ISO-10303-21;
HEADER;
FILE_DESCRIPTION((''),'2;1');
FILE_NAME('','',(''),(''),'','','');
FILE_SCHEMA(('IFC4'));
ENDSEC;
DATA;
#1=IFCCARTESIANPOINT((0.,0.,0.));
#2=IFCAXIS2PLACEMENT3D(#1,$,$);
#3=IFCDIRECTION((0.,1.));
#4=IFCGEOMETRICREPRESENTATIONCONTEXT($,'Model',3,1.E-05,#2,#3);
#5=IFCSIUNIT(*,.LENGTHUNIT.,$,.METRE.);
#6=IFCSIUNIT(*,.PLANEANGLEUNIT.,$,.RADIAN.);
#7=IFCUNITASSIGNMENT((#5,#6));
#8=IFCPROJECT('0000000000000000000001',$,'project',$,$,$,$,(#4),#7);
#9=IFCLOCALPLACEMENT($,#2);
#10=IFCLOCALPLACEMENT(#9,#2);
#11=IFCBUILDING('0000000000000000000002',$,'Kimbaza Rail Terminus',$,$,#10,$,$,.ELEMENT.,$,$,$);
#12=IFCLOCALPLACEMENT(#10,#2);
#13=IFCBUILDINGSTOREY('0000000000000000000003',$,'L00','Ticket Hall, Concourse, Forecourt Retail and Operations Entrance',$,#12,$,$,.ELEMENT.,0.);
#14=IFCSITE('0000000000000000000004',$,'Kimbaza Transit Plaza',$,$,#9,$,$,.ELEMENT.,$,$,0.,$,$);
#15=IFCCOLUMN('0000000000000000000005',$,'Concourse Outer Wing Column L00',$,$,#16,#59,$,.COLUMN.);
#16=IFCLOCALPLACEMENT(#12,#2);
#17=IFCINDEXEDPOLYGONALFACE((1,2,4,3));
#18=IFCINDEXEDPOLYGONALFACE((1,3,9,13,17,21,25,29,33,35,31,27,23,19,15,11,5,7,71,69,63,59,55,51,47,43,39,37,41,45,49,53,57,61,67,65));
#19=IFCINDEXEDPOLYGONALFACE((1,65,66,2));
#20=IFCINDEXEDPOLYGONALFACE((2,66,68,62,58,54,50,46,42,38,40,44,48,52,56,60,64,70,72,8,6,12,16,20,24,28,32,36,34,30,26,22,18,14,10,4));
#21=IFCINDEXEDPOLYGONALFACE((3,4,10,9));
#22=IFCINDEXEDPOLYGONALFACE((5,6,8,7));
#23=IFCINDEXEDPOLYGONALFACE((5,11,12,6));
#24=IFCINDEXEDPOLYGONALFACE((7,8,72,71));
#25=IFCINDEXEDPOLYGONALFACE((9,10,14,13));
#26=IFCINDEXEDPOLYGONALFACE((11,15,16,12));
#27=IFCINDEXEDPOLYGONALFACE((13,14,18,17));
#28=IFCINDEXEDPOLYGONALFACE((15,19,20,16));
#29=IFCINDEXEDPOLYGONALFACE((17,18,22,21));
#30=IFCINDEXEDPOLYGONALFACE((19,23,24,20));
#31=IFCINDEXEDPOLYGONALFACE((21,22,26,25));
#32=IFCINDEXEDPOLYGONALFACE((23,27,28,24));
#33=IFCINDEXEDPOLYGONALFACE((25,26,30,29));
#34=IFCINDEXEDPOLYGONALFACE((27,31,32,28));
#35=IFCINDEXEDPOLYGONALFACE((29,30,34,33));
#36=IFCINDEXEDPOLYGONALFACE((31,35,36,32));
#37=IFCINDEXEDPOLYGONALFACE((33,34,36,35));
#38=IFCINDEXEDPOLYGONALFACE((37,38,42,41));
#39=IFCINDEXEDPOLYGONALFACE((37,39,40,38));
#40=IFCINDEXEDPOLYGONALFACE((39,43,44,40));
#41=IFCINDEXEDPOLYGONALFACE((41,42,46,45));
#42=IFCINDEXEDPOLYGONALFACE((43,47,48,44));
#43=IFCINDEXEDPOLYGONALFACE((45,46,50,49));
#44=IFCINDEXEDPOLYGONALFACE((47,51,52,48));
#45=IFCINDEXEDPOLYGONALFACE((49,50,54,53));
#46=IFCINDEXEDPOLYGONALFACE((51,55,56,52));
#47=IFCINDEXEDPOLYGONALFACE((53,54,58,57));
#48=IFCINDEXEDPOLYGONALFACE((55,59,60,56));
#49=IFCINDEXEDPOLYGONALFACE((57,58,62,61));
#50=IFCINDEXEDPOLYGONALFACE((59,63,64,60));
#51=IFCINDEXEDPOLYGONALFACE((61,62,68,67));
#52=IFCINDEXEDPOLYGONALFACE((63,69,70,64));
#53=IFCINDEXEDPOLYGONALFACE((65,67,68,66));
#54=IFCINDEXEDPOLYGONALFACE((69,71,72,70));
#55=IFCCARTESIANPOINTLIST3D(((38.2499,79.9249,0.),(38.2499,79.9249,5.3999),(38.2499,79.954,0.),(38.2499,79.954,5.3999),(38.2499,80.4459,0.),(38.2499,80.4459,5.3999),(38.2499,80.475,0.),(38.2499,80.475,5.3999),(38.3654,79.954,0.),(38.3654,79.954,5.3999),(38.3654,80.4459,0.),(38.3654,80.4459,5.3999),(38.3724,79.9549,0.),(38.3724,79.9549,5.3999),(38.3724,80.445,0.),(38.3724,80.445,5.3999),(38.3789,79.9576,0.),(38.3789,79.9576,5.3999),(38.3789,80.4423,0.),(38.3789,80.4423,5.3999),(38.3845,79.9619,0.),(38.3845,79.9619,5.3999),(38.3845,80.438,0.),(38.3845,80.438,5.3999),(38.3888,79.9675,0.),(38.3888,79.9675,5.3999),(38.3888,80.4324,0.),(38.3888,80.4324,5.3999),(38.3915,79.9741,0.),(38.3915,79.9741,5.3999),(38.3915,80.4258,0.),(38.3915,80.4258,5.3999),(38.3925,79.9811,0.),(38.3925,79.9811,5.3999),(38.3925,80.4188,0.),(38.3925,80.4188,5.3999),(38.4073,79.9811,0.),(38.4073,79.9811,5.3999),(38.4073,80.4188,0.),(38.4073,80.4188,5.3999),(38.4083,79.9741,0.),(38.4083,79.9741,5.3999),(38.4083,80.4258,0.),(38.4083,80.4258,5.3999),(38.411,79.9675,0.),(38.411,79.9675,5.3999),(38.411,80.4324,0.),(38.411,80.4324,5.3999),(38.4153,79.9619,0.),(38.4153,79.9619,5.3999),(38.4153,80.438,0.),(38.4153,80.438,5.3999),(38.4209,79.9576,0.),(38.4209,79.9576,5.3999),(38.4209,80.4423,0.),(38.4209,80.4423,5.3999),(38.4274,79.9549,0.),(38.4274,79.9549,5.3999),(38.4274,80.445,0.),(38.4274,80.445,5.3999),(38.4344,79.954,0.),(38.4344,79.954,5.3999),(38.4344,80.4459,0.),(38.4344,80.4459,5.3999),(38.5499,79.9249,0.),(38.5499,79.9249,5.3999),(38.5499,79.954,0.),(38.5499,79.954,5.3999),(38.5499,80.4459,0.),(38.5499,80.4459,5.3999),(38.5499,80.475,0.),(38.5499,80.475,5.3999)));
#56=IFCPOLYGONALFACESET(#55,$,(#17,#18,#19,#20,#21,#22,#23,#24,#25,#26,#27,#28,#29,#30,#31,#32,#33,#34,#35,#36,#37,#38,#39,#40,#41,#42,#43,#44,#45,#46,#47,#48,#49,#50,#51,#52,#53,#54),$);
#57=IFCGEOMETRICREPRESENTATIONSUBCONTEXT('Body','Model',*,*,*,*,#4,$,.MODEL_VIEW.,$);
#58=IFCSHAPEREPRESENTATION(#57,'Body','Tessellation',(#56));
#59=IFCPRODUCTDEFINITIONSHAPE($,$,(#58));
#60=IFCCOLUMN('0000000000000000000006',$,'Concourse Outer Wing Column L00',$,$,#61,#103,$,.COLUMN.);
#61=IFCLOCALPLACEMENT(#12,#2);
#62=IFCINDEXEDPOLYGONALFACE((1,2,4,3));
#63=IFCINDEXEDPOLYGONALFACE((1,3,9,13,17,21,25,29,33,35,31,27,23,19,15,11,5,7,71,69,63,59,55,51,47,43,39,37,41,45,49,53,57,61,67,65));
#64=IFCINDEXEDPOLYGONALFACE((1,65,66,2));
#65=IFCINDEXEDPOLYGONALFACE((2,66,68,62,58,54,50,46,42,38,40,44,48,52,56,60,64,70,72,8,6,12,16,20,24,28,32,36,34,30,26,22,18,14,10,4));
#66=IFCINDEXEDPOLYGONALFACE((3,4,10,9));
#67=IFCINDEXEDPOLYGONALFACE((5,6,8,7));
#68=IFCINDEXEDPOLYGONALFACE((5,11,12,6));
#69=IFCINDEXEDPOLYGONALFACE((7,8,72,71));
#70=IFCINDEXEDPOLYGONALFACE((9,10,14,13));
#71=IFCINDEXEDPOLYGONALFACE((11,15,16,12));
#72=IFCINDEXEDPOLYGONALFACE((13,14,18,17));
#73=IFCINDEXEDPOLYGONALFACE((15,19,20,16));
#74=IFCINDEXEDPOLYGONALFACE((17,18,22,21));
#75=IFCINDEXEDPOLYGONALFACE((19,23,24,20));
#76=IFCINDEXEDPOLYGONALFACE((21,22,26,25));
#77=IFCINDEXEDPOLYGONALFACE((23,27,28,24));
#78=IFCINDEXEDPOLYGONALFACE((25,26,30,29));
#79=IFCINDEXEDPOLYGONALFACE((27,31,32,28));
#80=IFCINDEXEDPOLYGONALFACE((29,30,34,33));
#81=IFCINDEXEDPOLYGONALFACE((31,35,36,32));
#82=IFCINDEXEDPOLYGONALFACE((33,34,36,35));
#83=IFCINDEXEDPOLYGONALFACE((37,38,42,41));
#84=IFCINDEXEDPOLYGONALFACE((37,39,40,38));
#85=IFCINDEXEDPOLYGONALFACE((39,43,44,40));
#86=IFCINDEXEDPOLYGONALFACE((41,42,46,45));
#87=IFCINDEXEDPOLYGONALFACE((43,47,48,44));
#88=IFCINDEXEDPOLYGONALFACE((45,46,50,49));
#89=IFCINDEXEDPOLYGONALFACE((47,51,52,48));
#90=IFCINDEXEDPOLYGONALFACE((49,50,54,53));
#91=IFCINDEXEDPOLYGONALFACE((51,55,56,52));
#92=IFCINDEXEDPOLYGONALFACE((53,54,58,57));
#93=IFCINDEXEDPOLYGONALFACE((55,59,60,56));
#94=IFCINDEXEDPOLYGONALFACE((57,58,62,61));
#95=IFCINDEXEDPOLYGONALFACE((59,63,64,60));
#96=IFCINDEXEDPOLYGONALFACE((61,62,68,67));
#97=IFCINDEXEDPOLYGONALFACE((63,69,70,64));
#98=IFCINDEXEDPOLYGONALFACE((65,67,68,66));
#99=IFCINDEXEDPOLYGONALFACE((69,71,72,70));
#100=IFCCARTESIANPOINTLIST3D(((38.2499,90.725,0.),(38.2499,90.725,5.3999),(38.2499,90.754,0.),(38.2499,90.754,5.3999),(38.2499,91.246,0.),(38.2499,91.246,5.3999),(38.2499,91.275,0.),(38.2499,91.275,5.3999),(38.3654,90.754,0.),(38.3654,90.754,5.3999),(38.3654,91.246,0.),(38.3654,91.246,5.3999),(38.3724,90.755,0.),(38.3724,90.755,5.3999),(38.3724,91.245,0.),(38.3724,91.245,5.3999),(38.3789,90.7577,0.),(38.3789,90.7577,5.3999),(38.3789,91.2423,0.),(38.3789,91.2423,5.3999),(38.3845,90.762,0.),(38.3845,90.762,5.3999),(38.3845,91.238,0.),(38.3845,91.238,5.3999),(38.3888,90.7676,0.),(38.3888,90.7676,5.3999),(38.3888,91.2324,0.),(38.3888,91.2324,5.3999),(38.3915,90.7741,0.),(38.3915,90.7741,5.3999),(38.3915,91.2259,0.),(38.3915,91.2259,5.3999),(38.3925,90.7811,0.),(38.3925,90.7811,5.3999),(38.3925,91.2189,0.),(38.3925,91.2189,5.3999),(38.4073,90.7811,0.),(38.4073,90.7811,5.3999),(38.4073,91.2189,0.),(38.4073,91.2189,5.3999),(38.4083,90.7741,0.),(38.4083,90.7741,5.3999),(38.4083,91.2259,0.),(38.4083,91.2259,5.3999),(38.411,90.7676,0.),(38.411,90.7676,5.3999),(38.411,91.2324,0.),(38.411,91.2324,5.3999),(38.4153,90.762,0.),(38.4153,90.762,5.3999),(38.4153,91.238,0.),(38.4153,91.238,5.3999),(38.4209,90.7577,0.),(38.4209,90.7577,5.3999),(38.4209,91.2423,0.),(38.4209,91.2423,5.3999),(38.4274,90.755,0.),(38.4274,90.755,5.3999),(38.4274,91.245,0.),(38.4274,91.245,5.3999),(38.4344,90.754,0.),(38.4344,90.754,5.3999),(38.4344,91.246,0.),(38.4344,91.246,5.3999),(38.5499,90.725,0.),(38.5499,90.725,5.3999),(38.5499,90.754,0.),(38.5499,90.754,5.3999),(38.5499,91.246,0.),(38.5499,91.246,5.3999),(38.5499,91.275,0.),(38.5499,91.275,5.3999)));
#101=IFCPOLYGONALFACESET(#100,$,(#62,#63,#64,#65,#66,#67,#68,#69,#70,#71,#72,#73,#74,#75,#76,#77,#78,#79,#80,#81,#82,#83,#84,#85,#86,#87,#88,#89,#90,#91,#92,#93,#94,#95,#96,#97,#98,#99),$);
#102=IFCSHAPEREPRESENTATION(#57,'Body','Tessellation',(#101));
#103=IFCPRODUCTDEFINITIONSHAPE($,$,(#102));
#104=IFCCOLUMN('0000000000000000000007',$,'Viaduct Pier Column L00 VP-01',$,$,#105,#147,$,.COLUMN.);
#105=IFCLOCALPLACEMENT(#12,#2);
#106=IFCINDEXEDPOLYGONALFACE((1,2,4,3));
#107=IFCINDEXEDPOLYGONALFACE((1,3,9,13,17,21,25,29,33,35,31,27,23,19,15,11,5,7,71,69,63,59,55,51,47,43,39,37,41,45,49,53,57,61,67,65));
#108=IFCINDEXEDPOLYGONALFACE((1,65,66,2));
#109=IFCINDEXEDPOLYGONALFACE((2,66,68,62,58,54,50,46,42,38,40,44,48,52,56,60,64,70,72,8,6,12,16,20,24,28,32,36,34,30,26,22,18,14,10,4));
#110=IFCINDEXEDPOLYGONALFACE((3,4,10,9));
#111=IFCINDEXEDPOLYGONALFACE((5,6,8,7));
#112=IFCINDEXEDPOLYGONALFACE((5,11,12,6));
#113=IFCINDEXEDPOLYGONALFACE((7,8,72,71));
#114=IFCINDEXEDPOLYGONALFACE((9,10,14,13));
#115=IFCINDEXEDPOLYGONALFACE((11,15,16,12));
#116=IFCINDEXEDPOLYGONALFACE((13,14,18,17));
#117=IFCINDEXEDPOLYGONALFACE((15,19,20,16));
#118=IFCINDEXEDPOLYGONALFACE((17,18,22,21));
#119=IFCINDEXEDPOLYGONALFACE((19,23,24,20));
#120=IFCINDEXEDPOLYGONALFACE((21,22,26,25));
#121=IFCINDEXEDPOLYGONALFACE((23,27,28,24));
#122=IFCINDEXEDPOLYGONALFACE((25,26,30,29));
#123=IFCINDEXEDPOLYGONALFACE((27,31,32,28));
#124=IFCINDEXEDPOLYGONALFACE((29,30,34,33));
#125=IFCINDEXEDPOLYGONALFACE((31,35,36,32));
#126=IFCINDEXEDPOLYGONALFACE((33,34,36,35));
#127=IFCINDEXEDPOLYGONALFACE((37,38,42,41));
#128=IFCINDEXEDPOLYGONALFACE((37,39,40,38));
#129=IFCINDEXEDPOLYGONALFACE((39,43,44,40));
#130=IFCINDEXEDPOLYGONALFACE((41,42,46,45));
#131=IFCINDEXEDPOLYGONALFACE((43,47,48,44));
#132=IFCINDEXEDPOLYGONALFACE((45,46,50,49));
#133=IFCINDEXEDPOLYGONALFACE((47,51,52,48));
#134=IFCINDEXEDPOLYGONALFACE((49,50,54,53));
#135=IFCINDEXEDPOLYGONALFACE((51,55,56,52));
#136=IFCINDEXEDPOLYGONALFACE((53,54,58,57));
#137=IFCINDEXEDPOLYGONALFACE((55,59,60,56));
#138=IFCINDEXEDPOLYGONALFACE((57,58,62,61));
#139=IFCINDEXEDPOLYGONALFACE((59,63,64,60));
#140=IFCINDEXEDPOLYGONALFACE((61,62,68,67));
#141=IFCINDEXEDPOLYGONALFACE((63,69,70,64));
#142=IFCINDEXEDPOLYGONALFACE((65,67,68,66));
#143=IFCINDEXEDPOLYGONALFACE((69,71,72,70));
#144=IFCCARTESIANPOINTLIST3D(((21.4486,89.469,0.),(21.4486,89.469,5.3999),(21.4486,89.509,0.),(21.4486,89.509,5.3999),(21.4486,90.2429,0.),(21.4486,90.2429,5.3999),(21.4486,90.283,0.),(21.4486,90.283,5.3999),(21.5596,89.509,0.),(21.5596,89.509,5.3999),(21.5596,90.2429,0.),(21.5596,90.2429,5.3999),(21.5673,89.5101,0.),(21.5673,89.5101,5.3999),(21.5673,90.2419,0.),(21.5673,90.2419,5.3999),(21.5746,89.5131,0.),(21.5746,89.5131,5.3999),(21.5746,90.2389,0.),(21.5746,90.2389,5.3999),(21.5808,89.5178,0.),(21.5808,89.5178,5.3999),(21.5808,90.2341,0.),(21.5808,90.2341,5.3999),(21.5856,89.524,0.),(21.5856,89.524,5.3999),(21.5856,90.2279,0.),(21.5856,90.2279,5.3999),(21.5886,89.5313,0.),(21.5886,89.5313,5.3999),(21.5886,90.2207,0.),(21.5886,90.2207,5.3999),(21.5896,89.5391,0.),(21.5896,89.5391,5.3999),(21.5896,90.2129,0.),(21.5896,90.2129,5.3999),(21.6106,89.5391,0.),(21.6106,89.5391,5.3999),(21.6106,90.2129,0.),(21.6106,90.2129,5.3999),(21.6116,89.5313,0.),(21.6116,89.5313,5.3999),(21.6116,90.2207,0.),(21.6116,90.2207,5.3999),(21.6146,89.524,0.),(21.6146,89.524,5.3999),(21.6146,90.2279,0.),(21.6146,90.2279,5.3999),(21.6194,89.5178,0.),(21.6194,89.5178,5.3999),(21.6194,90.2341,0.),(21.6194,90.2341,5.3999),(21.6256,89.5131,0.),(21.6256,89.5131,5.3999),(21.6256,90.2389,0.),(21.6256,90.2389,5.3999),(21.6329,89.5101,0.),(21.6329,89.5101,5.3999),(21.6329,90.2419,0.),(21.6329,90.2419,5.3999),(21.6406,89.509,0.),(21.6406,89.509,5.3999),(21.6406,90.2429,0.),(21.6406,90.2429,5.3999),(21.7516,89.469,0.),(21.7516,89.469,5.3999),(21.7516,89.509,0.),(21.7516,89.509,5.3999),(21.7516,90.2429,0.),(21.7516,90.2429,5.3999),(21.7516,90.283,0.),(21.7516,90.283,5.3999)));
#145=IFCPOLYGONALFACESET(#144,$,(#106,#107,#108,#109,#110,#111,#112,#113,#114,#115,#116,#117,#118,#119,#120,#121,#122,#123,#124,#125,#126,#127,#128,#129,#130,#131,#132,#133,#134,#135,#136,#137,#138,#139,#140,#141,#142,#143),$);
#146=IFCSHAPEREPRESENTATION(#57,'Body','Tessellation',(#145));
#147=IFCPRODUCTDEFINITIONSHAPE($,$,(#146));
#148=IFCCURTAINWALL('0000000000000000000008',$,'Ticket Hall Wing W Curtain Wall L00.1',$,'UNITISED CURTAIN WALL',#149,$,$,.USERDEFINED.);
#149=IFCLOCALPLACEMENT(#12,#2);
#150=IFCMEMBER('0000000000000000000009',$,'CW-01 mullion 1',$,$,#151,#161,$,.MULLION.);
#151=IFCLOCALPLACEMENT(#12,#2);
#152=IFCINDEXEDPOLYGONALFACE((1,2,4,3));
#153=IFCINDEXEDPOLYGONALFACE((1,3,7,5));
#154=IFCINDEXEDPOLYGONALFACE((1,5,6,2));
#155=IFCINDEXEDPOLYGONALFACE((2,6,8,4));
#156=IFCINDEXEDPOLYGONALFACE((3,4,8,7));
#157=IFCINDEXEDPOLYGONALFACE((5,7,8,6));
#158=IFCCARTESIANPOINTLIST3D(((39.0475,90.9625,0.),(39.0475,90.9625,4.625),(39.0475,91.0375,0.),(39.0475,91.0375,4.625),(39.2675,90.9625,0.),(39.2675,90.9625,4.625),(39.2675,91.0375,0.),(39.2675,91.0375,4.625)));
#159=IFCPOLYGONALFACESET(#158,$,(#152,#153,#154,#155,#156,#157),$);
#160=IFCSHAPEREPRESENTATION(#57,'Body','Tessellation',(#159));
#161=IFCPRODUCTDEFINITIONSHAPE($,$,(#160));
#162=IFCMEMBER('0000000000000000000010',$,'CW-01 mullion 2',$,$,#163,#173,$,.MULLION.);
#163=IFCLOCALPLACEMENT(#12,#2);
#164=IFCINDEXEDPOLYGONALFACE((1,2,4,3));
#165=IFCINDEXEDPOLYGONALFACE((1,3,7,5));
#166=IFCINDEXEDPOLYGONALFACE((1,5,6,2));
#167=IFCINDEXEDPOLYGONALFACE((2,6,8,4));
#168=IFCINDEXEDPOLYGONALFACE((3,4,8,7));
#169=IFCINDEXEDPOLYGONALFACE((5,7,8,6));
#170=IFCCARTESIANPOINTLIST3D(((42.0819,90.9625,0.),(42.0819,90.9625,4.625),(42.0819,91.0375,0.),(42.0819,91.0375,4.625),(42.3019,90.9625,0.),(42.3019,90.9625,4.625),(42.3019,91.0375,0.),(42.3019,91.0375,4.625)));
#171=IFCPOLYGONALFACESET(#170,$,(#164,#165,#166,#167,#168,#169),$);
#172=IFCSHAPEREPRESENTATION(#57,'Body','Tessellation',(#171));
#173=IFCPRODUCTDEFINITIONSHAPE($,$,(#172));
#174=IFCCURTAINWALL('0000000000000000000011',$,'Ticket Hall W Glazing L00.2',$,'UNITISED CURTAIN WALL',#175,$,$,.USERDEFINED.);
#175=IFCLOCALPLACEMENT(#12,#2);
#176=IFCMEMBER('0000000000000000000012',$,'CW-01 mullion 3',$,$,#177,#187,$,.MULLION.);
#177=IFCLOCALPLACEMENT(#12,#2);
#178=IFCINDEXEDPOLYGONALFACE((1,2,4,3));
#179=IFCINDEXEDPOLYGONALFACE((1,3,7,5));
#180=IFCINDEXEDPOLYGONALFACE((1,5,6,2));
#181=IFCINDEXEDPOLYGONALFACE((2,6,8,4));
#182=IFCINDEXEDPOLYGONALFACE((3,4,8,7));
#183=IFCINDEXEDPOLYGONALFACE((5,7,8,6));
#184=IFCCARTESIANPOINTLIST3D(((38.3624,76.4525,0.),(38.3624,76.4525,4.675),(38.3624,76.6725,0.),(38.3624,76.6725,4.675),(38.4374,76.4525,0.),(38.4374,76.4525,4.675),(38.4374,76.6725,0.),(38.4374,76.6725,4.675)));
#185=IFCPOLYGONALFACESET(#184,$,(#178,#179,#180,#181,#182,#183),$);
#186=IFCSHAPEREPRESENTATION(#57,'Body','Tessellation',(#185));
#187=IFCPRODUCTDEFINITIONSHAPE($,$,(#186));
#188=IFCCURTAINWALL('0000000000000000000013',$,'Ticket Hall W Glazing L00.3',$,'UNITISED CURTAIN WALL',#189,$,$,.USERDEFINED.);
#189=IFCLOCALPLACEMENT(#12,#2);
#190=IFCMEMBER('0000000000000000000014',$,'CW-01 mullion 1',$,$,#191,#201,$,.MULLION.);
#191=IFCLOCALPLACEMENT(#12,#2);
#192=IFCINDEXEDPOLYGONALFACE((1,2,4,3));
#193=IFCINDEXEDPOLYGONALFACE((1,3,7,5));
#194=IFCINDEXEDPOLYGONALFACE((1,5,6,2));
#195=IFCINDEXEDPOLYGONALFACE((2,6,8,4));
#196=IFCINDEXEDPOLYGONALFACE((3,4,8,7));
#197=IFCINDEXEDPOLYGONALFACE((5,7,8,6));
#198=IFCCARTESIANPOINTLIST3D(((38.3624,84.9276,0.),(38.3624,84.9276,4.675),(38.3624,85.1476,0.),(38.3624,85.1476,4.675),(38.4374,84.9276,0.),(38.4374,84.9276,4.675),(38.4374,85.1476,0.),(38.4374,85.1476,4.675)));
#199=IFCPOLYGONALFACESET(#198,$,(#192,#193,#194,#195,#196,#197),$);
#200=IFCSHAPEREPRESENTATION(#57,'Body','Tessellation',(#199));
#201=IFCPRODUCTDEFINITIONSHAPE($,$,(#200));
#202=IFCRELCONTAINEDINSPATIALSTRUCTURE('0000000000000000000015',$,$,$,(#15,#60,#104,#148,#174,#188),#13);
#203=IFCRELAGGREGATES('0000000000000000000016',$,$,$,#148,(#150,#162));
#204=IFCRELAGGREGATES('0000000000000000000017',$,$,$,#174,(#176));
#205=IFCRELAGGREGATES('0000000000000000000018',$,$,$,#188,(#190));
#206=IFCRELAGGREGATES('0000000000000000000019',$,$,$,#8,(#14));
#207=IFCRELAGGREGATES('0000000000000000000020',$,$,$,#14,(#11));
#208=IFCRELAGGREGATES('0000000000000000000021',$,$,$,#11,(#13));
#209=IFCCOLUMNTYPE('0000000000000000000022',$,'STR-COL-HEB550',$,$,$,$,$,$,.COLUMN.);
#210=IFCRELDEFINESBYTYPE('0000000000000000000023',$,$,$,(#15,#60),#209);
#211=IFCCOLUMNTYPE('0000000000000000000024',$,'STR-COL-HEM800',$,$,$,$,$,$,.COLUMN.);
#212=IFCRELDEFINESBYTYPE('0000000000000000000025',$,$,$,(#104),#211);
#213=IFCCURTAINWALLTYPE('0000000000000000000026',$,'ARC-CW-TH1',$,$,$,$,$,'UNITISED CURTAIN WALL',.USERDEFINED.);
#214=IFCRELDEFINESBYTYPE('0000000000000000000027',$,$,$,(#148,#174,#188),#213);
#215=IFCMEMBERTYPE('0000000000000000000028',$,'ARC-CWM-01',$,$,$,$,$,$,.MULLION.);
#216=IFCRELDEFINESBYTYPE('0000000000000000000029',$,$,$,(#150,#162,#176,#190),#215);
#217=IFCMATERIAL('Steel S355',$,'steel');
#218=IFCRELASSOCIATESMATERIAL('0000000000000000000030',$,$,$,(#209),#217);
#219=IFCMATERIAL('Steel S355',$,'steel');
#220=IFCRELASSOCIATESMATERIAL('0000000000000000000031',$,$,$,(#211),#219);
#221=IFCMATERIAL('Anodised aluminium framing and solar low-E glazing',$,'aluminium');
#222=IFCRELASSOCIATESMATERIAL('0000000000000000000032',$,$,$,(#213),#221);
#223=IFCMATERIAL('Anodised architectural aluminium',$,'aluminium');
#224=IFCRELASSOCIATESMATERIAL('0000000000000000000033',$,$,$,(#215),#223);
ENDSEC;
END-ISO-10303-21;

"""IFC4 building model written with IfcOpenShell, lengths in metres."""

from ifc_helpers import new_model, si_unit, direction, frame, origin, origin_2d, place, context, subcontext, project, spatial, rectangle, i_section, extrude, material, material_profile, profile_set, type_object, element, aggregate, save


model = new_model("IFC4")

# Units and contexts
model_context = context("Model", 3, precision=1e-05, world=origin(), true_north=direction((0.0, 1.0)))
body_context = subcontext(model_context, "Body", "Model", "MODEL_VIEW")
ifc_project = project(units=[si_unit("LENGTHUNIT", "METRE"), si_unit("PLANEANGLEUNIT", "RADIAN")], contexts=[model_context])

# Site, building, storey
site_placement = place(None, origin())
site = spatial("IfcSite", under=ifc_project, at=site_placement, Name="Kimbaza Transit Plaza", CompositionType="ELEMENT", RefElevation=0.0)
building_placement = place(site_placement, origin())
building = spatial("IfcBuilding", under=site, at=building_placement, Name="Kimbaza Rail Terminus", CompositionType="ELEMENT")
storey_placement = place(building_placement, origin())
storey = spatial("IfcBuildingStorey", under=building, at=storey_placement, Name="L00", Description="Ticket Hall, Concourse, Forecourt Retail and Operations Entrance", CompositionType="ELEMENT", Elevation=0.0)

# Columns
ifc_material_1 = material(Name="Steel S355", Category="steel")
ifc_material_profile_1 = material_profile(ifc_material_1, i_section(OverallWidth=0.3, OverallDepth=0.55, WebThickness=0.0149, FlangeThickness=0.0291, FilletRadius=0.0271, at=origin_2d()), Name="HEB 550")
ifc_profile_set_1 = profile_set([ifc_material_profile_1], Name="Steel S355")
column_type_1 = type_object("IfcColumnType", Name="STR-COL-HEB550", PredefinedType="COLUMN", material=ifc_profile_set_1)
for number, where, z_axis, x_axis, name in (
    (1, (38.3999, 80.2, 0.0), (0.0, 0.0, 1.0), (1.0, 0.0, 0.0), "Concourse Outer Wing Column L00"),
    (2, (38.3999, 91.0, 0.0), (0.0, 0.0, 1.0), (1.0, 0.0, 0.0), "Concourse Outer Wing Column L00"),
):
    element("IfcColumn", number, at=place(storey_placement, frame(where, z_axis=z_axis, x_axis=x_axis)), inside=storey, type_object=column_type_1, Name=name, PredefinedType="COLUMN", context=body_context, shape_type="SweptSolid", body=[
        extrude(i_section(OverallWidth=0.3, OverallDepth=0.55, WebThickness=0.0149, FlangeThickness=0.0291, FilletRadius=0.0271, at=origin_2d()), origin(), (0.0, 0.0, 1.0), 5.3999),
    ])
ifc_material_2 = material(Name="Steel S355", Category="steel")
ifc_material_profile_2 = material_profile(ifc_material_2, i_section(OverallWidth=0.303, OverallDepth=0.814, WebThickness=0.021, FlangeThickness=0.04, FilletRadius=0.03, at=origin_2d()), Name="HEM 800")
ifc_profile_set_2 = profile_set([ifc_material_profile_2], Name="Steel S355")
column_type_2 = type_object("IfcColumnType", Name="STR-COL-HEM800", PredefinedType="COLUMN", material=ifc_profile_set_2)
column_placement = place(storey_placement, frame((21.6001, 89.876, 0.0), z_axis=(0.0, 0.0, 1.0), x_axis=(1.0, 0.0, 0.0)))
element("IfcColumn", 3, at=column_placement, inside=storey, type_object=column_type_2, Name="Viaduct Pier Column L00 VP-01", PredefinedType="COLUMN", context=body_context, shape_type="SweptSolid", body=[
    extrude(i_section(OverallWidth=0.303, OverallDepth=0.814, WebThickness=0.021, FlangeThickness=0.04, FilletRadius=0.03, at=origin_2d()), origin(), (0.0, 0.0, 1.0), 5.3999),
])

# Curtain wall, members
ifc_material_3 = material(Name="Anodised aluminium framing and solar low-E glazing", Category="aluminium")
curtain_wall_type = type_object("IfcCurtainWallType", Name="ARC-CW-TH1", ElementType="UNITISED CURTAIN WALL", PredefinedType="USERDEFINED", material=ifc_material_3)
curtain_wall_1_placement = place(storey_placement, origin())
curtain_wall_1 = element("IfcCurtainWall", 4, at=curtain_wall_1_placement, inside=storey, type_object=curtain_wall_type, Name="Ticket Hall Wing W Curtain Wall L00.1", ObjectType="UNITISED CURTAIN WALL", PredefinedType="USERDEFINED")
ifc_material_4 = material(Name="Anodised architectural aluminium", Category="aluminium")
ifc_material_profile_3 = material_profile(ifc_material_4, rectangle(XDim=0.075, YDim=0.22, at=origin_2d()), Name="MULLION 75x220")
ifc_profile_set_3 = profile_set([ifc_material_profile_3], Name="Anodised architectural aluminium")
member_type_1 = type_object("IfcMemberType", Name="ARC-CWM-01", PredefinedType="MULLION", material=ifc_profile_set_3)
member_1_placement = place(storey_placement, frame((39.1575, 91.0, 0.0), z_axis=(0.0, 0.0, 1.0), x_axis=(0.0, 1.0, 0.0)))
member_1 = element("IfcMember", 5, at=member_1_placement, type_object=member_type_1, Name="CW-01 mullion 1", PredefinedType="MULLION", context=body_context, shape_type="SweptSolid", body=[
    extrude(rectangle(XDim=0.075, YDim=0.22, at=origin_2d()), origin(), (0.0, 0.0, 1.0), 4.625),
])
member_2_placement = place(storey_placement, frame((42.1919, 91.0, 0.0), z_axis=(0.0, 0.0, 1.0), x_axis=(0.0, 1.0, 0.0)))
member_2 = element("IfcMember", 6, at=member_2_placement, type_object=member_type_1, Name="CW-01 mullion 2", PredefinedType="MULLION", context=body_context, shape_type="SweptSolid", body=[
    extrude(rectangle(XDim=0.075, YDim=0.22, at=origin_2d()), origin(), (0.0, 0.0, 1.0), 4.625),
])

# Curtain wall, member
curtain_wall_2_placement = place(storey_placement, origin())
curtain_wall_2 = element("IfcCurtainWall", 7, at=curtain_wall_2_placement, inside=storey, type_object=curtain_wall_type, Name="Ticket Hall W Glazing L00.2", ObjectType="UNITISED CURTAIN WALL", PredefinedType="USERDEFINED")
member_3_placement = place(storey_placement, frame((38.3999, 76.5625, 0.0), z_axis=(0.0, 0.0, 1.0), x_axis=(-1.0, 0.0, 0.0)))
member_3 = element("IfcMember", 8, at=member_3_placement, type_object=member_type_1, Name="CW-01 mullion 3", PredefinedType="MULLION", context=body_context, shape_type="SweptSolid", body=[
    extrude(rectangle(XDim=0.075, YDim=0.22, at=origin_2d()), origin(), (0.0, 0.0, 1.0), 4.675),
])

# Curtain wall, member
curtain_wall_3_placement = place(storey_placement, origin())
curtain_wall_3 = element("IfcCurtainWall", 9, at=curtain_wall_3_placement, inside=storey, type_object=curtain_wall_type, Name="Ticket Hall W Glazing L00.3", ObjectType="UNITISED CURTAIN WALL", PredefinedType="USERDEFINED")
member_4_placement = place(storey_placement, frame((38.3999, 85.0376, 0.0), z_axis=(0.0, 0.0, 1.0), x_axis=(-1.0, 0.0, 0.0)))
member_4 = element("IfcMember", 10, at=member_4_placement, type_object=member_type_1, Name="CW-01 mullion 1", PredefinedType="MULLION", context=body_context, shape_type="SweptSolid", body=[
    extrude(rectangle(XDim=0.075, YDim=0.22, at=origin_2d()), origin(), (0.0, 0.0, 1.0), 4.675),
])

aggregate(curtain_wall_1, [member_1, member_2])
aggregate(curtain_wall_2, [member_3])
aggregate(curtain_wall_3, [member_4])

save(model, "model.ifc")
